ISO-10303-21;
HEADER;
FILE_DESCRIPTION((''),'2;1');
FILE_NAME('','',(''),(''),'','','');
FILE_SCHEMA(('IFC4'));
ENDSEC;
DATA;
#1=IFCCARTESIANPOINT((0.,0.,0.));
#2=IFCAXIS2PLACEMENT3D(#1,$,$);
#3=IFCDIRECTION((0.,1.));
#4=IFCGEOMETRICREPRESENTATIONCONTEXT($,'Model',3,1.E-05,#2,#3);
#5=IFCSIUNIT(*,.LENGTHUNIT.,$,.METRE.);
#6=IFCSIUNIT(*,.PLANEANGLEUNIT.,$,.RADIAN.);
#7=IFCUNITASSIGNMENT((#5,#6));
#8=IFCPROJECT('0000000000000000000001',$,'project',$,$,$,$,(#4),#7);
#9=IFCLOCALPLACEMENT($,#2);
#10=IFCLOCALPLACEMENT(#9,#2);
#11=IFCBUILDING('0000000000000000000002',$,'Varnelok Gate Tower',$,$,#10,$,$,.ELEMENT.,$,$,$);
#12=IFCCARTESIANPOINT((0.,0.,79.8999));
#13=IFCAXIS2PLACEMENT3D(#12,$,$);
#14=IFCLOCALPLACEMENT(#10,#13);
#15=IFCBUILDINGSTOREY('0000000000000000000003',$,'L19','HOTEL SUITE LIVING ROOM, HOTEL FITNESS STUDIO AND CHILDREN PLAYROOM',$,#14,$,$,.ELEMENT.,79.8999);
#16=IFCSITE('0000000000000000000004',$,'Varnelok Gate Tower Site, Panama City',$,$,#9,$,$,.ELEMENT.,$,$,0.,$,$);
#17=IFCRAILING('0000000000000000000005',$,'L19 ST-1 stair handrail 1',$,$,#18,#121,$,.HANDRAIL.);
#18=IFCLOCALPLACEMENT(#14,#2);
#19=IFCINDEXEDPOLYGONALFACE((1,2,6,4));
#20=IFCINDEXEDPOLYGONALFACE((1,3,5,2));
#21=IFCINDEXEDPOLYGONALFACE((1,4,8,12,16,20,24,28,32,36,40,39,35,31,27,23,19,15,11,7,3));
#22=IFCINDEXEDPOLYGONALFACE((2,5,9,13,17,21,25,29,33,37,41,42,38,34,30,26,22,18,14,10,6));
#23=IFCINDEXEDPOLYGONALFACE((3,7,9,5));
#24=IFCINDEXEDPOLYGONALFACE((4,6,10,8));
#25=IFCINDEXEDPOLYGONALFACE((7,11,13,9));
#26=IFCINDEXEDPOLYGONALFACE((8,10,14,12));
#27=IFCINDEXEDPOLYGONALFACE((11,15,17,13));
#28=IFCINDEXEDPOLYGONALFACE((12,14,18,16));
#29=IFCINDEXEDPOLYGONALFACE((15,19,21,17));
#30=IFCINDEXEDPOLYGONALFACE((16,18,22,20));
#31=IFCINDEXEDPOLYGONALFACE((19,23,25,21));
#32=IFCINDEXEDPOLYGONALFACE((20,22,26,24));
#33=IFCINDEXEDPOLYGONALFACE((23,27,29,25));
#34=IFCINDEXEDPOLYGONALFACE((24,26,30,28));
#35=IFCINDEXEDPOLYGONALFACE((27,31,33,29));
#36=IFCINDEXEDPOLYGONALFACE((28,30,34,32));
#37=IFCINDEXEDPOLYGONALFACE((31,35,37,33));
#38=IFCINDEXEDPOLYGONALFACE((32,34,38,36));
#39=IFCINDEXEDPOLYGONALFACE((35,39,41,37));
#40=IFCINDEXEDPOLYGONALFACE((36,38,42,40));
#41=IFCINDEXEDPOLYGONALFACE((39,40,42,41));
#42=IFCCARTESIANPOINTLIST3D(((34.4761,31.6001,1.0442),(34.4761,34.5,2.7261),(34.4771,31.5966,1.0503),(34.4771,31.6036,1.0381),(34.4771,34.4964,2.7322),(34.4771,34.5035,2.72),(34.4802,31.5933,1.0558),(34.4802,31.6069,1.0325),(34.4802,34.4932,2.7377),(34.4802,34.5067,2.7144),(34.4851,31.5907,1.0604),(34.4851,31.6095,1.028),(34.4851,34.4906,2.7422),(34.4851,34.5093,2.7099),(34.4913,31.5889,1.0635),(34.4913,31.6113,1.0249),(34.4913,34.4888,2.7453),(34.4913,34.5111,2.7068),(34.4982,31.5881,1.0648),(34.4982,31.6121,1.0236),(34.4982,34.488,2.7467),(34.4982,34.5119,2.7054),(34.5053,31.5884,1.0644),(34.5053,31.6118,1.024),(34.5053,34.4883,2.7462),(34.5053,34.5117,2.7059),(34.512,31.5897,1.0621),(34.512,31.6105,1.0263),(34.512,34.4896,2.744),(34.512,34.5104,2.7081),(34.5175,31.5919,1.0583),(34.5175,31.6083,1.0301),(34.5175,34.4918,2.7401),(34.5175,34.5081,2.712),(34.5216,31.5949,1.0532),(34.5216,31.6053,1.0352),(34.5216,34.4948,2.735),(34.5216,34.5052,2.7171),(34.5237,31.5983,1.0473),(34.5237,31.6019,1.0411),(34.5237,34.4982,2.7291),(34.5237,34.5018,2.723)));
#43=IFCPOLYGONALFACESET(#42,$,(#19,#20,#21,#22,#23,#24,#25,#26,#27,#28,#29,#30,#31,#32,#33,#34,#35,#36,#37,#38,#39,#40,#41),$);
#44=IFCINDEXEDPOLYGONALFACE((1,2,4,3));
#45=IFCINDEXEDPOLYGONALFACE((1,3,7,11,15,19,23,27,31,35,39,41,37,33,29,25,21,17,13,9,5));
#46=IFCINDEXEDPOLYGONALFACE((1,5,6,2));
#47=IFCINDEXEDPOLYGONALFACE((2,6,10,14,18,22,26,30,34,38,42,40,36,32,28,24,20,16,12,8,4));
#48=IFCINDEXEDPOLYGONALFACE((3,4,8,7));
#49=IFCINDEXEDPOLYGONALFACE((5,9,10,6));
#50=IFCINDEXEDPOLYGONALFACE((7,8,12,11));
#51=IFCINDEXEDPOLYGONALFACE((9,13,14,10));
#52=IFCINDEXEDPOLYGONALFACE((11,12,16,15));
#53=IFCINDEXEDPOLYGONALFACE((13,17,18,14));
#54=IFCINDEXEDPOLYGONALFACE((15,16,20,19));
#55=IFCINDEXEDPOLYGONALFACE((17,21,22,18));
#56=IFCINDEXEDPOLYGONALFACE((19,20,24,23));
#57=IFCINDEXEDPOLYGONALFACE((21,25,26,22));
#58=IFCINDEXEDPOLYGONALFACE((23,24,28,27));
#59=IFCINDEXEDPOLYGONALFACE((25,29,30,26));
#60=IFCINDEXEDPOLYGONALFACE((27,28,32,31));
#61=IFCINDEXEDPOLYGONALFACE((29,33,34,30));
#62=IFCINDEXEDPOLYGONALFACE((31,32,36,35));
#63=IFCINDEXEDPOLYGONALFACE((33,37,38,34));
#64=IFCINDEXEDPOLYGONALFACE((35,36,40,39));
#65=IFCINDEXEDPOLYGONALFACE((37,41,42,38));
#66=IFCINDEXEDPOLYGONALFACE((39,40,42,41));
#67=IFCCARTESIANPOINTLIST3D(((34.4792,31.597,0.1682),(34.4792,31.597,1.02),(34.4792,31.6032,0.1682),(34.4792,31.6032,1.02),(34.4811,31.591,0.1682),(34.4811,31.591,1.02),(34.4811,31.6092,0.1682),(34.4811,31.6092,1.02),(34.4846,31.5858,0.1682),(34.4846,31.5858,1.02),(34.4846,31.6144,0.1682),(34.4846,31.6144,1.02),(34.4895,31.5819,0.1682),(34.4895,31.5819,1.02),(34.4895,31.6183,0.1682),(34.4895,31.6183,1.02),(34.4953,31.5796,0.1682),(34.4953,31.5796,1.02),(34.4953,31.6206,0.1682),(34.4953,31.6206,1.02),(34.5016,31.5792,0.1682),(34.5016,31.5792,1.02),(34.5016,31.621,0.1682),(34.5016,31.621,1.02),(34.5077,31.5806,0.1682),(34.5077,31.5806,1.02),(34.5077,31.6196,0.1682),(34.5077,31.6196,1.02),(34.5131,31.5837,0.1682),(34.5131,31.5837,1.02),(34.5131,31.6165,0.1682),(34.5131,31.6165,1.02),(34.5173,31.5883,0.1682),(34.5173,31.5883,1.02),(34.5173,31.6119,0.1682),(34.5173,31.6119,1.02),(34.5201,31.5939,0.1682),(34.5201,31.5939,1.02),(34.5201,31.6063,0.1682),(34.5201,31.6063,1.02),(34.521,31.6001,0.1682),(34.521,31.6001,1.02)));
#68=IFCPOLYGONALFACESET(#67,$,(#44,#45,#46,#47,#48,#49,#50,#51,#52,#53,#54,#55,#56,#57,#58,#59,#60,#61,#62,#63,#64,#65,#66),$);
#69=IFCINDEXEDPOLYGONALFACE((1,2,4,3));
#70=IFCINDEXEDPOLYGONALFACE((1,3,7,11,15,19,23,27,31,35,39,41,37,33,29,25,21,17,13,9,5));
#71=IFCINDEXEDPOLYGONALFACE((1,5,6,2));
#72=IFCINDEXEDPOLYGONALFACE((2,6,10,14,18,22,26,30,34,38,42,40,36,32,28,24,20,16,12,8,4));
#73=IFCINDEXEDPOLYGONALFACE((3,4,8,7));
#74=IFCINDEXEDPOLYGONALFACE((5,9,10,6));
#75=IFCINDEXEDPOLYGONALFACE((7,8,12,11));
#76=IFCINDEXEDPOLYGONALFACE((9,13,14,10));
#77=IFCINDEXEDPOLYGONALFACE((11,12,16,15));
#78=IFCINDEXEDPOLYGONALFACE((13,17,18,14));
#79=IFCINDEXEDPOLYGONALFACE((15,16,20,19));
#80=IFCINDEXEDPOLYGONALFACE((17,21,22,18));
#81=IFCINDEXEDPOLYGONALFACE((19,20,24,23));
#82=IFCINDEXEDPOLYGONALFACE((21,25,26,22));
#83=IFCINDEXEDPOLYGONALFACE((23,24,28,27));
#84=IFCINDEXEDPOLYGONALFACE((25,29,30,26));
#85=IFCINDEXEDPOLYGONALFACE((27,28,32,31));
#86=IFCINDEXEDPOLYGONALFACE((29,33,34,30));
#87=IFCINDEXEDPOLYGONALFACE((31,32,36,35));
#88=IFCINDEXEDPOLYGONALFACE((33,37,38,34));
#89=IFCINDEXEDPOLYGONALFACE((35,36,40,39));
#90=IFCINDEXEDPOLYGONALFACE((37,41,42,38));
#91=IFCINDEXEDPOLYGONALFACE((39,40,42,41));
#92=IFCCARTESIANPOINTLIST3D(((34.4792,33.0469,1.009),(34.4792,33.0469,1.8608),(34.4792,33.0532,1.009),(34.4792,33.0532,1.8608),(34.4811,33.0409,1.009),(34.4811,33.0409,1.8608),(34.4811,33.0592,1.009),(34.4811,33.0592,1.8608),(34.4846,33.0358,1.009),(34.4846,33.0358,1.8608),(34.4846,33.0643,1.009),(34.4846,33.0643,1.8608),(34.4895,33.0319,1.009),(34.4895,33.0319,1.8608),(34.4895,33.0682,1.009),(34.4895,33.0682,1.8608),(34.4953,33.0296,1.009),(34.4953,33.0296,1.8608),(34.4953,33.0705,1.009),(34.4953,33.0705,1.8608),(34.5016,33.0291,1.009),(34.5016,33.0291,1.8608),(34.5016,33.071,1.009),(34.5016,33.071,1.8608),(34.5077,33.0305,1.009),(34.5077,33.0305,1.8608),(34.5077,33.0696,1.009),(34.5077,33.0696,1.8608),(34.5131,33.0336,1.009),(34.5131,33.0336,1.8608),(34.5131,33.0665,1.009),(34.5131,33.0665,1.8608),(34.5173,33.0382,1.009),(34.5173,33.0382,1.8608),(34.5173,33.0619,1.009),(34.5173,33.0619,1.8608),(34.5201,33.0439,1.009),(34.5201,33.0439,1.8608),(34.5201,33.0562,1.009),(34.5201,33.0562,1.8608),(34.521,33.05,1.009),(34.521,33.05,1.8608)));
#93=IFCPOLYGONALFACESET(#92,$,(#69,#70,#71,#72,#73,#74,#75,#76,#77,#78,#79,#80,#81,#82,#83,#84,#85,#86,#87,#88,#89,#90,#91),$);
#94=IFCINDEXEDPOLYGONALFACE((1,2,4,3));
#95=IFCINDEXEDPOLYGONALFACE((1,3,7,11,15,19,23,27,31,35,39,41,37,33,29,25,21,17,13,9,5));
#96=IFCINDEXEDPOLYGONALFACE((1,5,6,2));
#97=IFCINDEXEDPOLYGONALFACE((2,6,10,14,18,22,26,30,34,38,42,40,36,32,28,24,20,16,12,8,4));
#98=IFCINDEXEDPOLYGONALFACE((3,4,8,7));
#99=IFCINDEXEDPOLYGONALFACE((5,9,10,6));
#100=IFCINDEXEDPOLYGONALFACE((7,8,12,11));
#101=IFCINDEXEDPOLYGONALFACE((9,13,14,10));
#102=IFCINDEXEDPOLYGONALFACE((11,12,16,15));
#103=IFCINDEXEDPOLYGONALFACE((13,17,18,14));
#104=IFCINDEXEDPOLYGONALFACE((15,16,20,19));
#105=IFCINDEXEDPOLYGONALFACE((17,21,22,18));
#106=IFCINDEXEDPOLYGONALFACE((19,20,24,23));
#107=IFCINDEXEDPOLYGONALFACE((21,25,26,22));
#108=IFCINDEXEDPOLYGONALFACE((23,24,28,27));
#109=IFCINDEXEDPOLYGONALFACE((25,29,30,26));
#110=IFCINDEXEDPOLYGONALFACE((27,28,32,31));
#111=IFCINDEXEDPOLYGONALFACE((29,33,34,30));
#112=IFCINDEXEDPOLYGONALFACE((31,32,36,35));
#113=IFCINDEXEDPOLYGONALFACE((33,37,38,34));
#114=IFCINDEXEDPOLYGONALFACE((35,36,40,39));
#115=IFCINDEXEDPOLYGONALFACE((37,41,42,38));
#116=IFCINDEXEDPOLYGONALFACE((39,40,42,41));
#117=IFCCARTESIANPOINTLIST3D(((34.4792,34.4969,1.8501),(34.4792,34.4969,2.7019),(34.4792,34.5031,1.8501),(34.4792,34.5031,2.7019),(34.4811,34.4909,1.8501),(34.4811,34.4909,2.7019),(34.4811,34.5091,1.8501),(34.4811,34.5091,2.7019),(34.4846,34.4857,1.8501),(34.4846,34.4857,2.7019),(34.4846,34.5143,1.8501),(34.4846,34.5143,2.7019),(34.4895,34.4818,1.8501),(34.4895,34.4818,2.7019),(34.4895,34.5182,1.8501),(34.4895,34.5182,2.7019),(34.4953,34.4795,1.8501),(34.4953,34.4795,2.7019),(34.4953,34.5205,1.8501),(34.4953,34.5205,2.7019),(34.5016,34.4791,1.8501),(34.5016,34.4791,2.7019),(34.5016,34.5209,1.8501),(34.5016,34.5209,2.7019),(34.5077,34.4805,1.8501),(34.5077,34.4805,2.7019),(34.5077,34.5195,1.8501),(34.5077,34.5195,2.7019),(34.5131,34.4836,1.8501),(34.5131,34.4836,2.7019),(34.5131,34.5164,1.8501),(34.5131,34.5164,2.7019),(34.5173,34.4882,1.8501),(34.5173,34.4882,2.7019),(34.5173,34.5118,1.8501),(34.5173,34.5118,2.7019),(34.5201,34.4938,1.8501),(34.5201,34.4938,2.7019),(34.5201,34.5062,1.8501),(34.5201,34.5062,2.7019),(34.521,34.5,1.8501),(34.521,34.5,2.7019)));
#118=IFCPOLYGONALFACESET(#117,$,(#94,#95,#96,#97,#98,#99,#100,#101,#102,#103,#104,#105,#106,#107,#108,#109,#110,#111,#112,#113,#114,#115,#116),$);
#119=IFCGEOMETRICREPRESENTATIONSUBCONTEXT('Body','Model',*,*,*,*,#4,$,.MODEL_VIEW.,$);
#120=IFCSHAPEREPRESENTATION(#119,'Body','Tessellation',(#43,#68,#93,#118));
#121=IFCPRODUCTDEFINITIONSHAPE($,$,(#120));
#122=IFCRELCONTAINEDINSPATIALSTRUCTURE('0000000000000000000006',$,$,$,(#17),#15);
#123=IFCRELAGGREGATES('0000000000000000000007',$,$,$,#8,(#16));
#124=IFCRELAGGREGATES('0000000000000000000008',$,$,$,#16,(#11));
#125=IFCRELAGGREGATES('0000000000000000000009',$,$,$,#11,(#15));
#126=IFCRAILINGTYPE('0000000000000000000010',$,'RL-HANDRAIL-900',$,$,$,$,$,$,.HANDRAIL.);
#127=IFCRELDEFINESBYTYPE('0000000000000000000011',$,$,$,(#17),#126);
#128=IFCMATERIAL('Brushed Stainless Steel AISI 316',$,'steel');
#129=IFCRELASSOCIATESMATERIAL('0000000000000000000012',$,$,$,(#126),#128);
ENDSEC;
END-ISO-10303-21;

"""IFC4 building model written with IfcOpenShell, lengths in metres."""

from ifc_helpers import new_model, si_unit, direction, frame, origin, origin_2d, place, context, subcontext, project, spatial, circle, extrude, material, type_object, element, save


model = new_model("IFC4")

# Units and contexts
model_context = context("Model", 3, precision=1e-05, world=origin(), true_north=direction((0.0, 1.0)))
body_context = subcontext(model_context, "Body", "Model", "MODEL_VIEW")
ifc_project = project(units=[si_unit("LENGTHUNIT", "METRE"), si_unit("PLANEANGLEUNIT", "RADIAN")], contexts=[model_context])

# Site, building, storey
site_placement = place(None, origin())
site = spatial("IfcSite", under=ifc_project, at=site_placement, Name="Varnelok Gate Tower Site, Panama City", CompositionType="ELEMENT", RefElevation=0.0)
building_placement = place(site_placement, origin())
building = spatial("IfcBuilding", under=site, at=building_placement, Name="Varnelok Gate Tower", CompositionType="ELEMENT")
storey_placement = place(building_placement, frame((0.0, 0.0, 79.8999)))
storey = spatial("IfcBuildingStorey", under=building, at=storey_placement, Name="L19", Description="HOTEL SUITE LIVING ROOM, HOTEL FITNESS STUDIO AND CHILDREN PLAYROOM", CompositionType="ELEMENT", Elevation=79.8999)

# Railing
ifc_material_1 = material(Name="Brushed Stainless Steel AISI 316", Category="steel")
railing_type_1 = type_object("IfcRailingType", Name="RL-HANDRAIL-900", PredefinedType="HANDRAIL", material=ifc_material_1)
railing_1_placement = place(storey_placement, frame((34.5, 31.6001, 0.1682)))
element("IfcRailing", 1, at=railing_1_placement, inside=storey, type_object=railing_type_1, Name="L19 ST-1 stair handrail 1", PredefinedType="HANDRAIL", context=body_context, shape_type="SweptSolid", body=[
    extrude(circle(Radius=0.0239, at=origin_2d()), frame((0.0, 0.0, 0.876), z_axis=(0.0, 0.865039, 0.501705), x_axis=(-1.0, 0.0, 0.0)), (0.0, 0.0, 1.0), 3.3523),
    extrude(circle(Radius=0.021, at=origin_2d()), origin(), (0.0, 0.0, 1.0), 0.8518),
    extrude(circle(Radius=0.021, at=origin_2d()), frame((0.0, 1.45, 0.8408)), (0.0, 0.0, 1.0), 0.8518),
    extrude(circle(Radius=0.021, at=origin_2d()), frame((0.0, 2.8999, 1.6819)), (0.0, 0.0, 1.0), 0.8518),
])

save(model, "model.ifc")
